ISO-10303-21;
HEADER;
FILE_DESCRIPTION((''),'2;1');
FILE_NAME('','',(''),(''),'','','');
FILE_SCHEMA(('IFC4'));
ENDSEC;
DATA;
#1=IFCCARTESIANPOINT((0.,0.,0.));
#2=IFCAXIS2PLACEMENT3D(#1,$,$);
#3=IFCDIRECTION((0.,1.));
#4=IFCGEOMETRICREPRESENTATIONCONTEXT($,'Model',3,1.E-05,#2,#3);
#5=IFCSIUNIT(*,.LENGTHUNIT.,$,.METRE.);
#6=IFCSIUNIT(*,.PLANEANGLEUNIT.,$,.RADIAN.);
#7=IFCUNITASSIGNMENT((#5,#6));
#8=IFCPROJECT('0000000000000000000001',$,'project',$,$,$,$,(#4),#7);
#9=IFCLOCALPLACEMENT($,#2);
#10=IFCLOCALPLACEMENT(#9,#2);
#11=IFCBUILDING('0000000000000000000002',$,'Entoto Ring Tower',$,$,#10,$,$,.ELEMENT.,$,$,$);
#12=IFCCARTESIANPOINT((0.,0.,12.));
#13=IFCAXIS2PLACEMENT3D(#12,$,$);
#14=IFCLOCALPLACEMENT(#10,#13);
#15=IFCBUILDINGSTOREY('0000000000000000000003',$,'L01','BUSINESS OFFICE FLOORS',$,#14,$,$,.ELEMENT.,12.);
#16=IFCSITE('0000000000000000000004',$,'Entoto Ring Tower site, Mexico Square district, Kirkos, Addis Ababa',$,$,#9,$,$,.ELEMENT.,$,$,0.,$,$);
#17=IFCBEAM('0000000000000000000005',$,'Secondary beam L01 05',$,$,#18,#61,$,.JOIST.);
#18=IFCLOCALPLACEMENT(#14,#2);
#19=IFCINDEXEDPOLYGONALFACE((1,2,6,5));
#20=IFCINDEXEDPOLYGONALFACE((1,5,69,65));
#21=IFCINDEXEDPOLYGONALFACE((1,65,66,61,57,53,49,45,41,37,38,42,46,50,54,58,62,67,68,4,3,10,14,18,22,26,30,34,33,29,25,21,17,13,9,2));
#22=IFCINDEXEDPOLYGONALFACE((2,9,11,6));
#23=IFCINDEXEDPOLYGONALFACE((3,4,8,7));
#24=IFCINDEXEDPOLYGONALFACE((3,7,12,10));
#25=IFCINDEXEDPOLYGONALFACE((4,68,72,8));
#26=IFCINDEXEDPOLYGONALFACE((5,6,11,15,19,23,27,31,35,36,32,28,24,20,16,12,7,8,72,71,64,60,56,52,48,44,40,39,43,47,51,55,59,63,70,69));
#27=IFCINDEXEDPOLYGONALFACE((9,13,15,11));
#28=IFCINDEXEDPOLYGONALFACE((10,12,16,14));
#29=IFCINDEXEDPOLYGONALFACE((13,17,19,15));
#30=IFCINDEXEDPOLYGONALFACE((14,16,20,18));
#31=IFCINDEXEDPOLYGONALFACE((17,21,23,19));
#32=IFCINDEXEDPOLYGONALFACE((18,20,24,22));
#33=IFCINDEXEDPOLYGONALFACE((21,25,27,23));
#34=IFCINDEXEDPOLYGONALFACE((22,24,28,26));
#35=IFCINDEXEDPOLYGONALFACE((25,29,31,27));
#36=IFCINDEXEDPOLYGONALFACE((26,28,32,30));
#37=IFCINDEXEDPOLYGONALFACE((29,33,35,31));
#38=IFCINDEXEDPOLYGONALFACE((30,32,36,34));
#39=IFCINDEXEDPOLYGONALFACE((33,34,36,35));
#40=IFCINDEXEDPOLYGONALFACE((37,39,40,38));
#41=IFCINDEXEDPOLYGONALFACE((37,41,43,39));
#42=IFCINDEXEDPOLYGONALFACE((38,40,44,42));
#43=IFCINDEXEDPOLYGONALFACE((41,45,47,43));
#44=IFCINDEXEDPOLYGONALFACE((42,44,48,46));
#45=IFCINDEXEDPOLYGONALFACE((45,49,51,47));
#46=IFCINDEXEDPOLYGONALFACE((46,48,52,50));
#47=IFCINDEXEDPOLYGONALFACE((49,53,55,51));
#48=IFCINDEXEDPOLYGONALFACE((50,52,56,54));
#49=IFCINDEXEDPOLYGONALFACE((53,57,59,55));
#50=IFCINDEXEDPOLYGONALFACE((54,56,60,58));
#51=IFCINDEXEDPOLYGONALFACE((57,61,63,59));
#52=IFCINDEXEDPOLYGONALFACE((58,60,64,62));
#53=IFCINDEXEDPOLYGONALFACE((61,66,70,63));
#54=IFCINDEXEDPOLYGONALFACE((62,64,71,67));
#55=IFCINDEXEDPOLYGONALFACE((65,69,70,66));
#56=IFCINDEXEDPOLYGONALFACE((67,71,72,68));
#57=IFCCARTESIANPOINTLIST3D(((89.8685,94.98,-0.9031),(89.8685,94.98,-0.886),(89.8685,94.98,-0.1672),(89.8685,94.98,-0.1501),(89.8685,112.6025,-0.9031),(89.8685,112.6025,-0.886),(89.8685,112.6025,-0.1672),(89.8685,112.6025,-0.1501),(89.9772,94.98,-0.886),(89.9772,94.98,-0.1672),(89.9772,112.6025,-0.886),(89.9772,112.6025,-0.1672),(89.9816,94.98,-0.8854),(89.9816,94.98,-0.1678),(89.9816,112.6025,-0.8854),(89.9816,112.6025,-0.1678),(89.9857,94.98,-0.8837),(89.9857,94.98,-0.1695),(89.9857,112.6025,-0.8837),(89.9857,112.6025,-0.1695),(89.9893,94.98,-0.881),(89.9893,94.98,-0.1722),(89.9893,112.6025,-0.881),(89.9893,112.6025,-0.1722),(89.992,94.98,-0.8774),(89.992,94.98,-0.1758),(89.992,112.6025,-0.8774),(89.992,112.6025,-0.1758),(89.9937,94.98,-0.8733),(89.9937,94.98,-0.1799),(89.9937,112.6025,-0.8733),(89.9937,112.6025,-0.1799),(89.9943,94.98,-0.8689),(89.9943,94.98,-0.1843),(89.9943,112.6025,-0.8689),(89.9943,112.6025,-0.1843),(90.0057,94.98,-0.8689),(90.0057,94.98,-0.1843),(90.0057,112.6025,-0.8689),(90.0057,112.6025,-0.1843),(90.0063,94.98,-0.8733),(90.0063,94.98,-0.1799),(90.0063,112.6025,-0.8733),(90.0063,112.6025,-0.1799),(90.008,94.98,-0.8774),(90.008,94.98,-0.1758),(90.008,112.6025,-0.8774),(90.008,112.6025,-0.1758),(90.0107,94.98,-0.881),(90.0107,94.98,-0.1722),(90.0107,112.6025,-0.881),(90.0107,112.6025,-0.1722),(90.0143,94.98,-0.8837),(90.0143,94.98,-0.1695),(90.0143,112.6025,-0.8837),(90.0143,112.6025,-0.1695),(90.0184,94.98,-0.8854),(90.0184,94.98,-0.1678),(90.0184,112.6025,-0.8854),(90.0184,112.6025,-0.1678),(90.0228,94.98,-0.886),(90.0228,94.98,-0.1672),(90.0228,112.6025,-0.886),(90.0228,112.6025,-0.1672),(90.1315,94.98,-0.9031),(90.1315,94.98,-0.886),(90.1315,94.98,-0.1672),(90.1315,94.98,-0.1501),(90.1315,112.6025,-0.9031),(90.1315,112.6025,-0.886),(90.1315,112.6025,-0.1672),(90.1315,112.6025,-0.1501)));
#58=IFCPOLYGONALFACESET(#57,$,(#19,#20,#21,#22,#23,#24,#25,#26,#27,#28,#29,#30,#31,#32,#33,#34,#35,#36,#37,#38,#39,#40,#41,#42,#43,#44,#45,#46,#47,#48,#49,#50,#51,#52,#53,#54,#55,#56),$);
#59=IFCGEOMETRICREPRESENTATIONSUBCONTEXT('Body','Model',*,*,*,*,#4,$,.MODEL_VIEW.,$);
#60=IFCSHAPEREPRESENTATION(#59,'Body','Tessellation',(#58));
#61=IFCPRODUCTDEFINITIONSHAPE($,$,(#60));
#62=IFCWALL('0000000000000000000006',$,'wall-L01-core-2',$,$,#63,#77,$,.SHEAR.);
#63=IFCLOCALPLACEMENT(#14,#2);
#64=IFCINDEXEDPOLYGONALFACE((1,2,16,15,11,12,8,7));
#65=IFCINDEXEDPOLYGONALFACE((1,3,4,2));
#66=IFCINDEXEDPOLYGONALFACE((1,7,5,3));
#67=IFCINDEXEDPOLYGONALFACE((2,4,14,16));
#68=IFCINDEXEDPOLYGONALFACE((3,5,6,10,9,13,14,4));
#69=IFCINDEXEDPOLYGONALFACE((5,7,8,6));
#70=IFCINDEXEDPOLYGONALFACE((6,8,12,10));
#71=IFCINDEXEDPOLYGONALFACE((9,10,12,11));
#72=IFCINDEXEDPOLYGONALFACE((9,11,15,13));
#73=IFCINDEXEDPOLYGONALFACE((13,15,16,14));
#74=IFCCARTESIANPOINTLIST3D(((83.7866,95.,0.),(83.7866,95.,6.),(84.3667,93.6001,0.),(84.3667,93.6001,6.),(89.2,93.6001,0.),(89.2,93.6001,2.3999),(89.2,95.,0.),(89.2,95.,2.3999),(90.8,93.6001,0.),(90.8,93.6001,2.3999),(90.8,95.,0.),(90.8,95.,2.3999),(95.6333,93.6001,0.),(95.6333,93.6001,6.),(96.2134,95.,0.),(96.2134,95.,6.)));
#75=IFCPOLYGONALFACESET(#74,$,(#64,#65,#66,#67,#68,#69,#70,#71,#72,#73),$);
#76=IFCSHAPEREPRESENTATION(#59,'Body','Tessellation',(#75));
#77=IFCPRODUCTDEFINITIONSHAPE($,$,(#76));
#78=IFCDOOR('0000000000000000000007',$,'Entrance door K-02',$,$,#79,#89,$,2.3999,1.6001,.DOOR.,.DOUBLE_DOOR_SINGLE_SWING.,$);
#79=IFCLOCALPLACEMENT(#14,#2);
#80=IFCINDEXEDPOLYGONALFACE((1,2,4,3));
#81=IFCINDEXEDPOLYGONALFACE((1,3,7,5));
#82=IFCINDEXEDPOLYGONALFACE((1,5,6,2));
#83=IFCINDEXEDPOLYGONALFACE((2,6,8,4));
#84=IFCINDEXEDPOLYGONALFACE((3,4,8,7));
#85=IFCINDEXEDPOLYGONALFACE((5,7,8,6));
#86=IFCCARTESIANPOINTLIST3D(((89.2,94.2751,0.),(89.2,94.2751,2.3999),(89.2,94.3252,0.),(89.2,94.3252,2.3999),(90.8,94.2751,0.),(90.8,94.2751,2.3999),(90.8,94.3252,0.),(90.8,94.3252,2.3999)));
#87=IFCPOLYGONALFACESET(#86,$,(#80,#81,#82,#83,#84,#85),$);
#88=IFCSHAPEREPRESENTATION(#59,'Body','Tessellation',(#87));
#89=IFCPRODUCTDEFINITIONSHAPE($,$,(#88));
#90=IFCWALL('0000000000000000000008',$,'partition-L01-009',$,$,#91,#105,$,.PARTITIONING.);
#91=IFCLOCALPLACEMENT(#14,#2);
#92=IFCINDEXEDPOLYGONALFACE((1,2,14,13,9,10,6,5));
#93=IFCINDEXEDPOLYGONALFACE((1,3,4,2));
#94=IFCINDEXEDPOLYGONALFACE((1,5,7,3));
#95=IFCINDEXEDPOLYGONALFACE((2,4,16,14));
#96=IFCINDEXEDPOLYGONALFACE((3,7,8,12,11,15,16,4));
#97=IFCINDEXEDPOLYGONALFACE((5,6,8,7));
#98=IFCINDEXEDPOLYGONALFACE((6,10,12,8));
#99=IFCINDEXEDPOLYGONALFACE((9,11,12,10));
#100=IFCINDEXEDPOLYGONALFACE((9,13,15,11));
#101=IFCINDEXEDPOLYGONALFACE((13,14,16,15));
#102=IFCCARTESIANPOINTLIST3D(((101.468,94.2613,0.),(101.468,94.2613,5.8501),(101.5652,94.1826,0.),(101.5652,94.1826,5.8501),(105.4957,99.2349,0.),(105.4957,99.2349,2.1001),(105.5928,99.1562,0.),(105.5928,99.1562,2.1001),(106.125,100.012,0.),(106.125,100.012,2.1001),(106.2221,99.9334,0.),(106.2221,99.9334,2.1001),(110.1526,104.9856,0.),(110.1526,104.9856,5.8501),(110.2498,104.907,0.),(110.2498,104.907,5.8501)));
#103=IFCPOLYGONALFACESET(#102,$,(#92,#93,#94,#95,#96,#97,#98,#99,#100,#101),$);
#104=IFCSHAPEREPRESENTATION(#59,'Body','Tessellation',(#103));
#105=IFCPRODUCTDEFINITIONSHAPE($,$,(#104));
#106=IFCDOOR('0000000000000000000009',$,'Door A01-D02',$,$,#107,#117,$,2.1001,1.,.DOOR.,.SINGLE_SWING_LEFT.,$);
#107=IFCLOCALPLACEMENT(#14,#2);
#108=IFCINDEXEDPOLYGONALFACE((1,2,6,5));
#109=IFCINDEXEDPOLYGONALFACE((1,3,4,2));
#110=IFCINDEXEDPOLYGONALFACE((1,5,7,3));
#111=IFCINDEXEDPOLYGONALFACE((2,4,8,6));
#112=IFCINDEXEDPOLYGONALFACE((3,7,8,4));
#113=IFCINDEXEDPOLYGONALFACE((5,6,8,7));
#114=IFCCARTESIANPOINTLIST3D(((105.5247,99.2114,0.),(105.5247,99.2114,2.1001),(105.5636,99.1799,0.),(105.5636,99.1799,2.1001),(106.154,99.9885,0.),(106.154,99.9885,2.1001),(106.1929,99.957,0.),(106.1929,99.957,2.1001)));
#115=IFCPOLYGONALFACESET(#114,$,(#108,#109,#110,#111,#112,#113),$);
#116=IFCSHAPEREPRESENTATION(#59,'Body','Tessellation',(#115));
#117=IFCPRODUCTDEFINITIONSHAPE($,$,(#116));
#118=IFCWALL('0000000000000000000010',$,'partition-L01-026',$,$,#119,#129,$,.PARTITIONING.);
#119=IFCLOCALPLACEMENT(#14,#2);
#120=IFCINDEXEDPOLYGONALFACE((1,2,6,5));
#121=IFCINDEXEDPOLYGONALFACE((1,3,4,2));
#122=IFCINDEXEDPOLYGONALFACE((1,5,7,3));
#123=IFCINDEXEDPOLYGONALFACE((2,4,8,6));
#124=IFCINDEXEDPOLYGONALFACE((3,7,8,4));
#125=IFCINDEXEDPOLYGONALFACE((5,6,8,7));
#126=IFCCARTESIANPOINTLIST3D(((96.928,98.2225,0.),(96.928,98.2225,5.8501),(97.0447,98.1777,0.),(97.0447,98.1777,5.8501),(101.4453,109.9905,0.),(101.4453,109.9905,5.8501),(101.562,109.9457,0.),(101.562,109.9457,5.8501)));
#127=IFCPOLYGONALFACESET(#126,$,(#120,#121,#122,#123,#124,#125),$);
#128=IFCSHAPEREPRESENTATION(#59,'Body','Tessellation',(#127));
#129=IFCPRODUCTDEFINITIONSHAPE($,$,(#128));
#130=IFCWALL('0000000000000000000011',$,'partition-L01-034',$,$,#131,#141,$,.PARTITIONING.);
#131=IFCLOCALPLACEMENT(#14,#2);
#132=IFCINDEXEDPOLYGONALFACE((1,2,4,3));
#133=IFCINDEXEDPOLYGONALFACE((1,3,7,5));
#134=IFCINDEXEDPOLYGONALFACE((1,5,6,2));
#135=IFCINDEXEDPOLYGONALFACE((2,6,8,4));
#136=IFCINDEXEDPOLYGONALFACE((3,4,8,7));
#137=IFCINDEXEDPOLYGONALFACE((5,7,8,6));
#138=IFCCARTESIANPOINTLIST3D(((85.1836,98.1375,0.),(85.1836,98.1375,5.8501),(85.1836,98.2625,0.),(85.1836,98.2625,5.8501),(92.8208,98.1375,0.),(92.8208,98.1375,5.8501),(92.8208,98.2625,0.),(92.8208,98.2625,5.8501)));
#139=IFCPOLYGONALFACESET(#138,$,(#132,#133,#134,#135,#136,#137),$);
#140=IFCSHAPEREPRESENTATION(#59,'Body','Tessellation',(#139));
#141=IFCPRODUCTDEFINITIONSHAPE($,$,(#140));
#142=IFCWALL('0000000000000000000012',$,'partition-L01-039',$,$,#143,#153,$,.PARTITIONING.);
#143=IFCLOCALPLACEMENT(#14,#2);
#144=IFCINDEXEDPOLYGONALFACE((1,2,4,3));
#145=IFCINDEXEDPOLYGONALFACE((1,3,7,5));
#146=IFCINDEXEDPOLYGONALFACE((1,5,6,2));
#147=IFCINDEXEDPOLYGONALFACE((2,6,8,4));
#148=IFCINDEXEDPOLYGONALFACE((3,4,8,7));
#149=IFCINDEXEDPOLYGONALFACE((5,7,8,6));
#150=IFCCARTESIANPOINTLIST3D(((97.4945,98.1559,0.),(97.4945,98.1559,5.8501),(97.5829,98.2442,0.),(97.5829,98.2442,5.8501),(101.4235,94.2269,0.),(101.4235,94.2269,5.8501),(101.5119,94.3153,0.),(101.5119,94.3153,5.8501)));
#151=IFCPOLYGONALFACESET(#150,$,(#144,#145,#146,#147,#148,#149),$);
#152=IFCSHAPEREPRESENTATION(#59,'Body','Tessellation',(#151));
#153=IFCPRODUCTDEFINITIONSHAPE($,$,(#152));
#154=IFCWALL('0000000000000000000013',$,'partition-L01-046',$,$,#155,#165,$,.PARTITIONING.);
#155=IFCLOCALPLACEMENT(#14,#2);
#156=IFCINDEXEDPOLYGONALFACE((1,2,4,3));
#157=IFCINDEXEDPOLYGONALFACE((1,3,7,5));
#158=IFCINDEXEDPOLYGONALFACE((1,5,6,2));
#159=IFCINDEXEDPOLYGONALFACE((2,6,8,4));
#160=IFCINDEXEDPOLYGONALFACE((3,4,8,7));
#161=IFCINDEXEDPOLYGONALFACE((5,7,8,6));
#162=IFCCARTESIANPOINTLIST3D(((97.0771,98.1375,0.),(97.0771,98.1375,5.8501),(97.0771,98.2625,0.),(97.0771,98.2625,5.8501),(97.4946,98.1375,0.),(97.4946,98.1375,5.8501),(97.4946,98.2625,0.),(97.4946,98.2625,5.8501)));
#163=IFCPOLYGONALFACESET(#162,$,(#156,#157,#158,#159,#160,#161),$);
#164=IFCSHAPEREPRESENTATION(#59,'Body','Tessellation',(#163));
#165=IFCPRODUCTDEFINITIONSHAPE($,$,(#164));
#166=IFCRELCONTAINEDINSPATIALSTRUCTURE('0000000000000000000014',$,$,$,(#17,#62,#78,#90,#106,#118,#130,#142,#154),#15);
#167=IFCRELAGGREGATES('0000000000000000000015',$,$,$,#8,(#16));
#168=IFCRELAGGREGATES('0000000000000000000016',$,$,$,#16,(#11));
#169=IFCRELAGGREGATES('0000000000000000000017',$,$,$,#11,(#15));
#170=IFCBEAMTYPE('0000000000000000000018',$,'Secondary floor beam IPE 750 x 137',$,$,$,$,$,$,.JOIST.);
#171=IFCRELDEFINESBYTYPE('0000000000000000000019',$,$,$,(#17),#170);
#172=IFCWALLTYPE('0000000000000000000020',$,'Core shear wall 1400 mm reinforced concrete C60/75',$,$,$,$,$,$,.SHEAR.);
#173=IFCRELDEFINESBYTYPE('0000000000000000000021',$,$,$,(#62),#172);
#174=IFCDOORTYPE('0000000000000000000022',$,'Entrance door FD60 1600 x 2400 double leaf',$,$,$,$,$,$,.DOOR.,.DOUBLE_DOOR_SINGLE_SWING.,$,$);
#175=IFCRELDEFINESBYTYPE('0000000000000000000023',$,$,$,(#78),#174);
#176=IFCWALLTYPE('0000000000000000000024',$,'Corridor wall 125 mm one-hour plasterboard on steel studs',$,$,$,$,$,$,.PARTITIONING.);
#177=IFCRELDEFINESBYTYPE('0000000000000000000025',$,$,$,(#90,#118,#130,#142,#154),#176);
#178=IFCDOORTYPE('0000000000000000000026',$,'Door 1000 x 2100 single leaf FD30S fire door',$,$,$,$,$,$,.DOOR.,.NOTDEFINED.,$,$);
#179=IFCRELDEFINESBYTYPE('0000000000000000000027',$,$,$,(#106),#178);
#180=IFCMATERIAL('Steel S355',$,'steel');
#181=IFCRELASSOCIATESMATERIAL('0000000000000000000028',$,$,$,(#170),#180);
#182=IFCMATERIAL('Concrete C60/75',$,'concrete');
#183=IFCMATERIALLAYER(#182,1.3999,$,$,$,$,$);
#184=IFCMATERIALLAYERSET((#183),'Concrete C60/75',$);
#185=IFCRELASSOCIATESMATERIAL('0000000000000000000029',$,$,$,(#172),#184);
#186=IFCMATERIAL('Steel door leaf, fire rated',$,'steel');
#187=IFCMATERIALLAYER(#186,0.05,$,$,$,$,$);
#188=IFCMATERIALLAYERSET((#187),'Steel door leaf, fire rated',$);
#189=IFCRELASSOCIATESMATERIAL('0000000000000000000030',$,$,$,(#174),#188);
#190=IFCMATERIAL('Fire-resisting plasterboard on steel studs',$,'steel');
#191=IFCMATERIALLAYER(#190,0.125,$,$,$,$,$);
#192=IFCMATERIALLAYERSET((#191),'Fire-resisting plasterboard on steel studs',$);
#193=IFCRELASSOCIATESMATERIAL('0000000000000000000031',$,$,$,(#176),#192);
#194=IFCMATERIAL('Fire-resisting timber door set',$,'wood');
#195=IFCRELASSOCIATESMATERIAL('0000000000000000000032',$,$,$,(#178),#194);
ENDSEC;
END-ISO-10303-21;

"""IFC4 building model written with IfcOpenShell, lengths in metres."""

from ifc_helpers import new_model, si_unit, direction, frame, frame_2d, origin, origin_2d, place, context, subcontext, project, spatial, polyline, rectangle, i_section, outline, extrude, material, layer, layer_set, material_profile, profile_set, type_object, element, fill, save


model = new_model("IFC4")

# Units and contexts
model_context = context("Model", 3, precision=1e-05, world=origin(), true_north=direction((0.0, 1.0)))
body_context = subcontext(model_context, "Body", "Model", "MODEL_VIEW")
ifc_project = project(units=[si_unit("LENGTHUNIT", "METRE"), si_unit("PLANEANGLEUNIT", "RADIAN")], contexts=[model_context])

# Site, building, storey
site_placement = place(None, origin())
site = spatial("IfcSite", under=ifc_project, at=site_placement, Name="Entoto Ring Tower site, Mexico Square district, Kirkos, Addis Ababa", CompositionType="ELEMENT", RefElevation=0.0)
building_placement = place(site_placement, origin())
building = spatial("IfcBuilding", under=site, at=building_placement, Name="Entoto Ring Tower", CompositionType="ELEMENT")
storey_placement = place(building_placement, frame((0.0, 0.0, 12.0)))
storey = spatial("IfcBuildingStorey", under=building, at=storey_placement, Name="L01", Description="BUSINESS OFFICE FLOORS", CompositionType="ELEMENT", Elevation=12.0)

# Beam
ifc_material_1 = material(Name="Steel S355", Category="steel")
ifc_material_profile_1 = material_profile(ifc_material_1, i_section(OverallWidth=0.2629, OverallDepth=0.7529, WebThickness=0.0115, FlangeThickness=0.0171, FilletRadius=0.0171, at=origin_2d()), Name="IPE 750 x 137")
ifc_profile_set_1 = profile_set([ifc_material_profile_1], Name="Steel S355")
beam_type_1 = type_object("IfcBeamType", Name="Secondary floor beam IPE 750 x 137", PredefinedType="JOIST", material=ifc_profile_set_1)
beam_1_placement = place(storey_placement, frame((90.0, 94.98, -0.5266), z_axis=(0.0, 1.0, 0.0), x_axis=(-1.0, 0.0, 0.0)))
element("IfcBeam", 1, at=beam_1_placement, inside=storey, type_object=beam_type_1, Name="Secondary beam L01 05", PredefinedType="JOIST", context=body_context, shape_type="SweptSolid", body=[
    extrude(i_section(OverallWidth=0.2629, OverallDepth=0.7529, WebThickness=0.0115, FlangeThickness=0.0171, FilletRadius=0.0171, at=origin_2d()), origin(), (0.0, 0.0, 1.0), 17.6226),
])

# Walls, openings, doors
ifc_material_2 = material(Name="Concrete C60/75", Category="concrete")
ifc_layer_1 = layer(ifc_material_2, 1.3999)
ifc_layer_set_1 = layer_set([ifc_layer_1], Name="Concrete C60/75")
wall_type_1 = type_object("IfcWallType", Name="Core shear wall 1400 mm reinforced concrete C60/75", PredefinedType="SHEAR", material=ifc_layer_set_1)
wall_1_placement = place(storey_placement, frame((95.9233, 94.3, 0.0), z_axis=(0.0, 0.0, 1.0), x_axis=(-1.0, 0.0, 0.0)))
wall_1 = element("IfcWall", 2, at=wall_1_placement, inside=storey, type_object=wall_type_1, Name="wall-L01-core-2", PredefinedType="SHEAR", context=body_context, shape_type="SweptSolid", body=[
    extrude(outline(polyline([(-0.29, -0.7), (12.1367, -0.7), (11.5566, 0.7), (0.29, 0.7), (-0.29, -0.7)])), origin(), (0.0, 0.0, 1.0), 6.0),
])
opening_1_placement = place(wall_1_placement, frame((5.1233, 0.0, 0.0)))
opening_1 = element("IfcOpeningElement", 3, at=opening_1_placement, cuts=wall_1, PredefinedType="OPENING", context=body_context, shape_type="SweptSolid", body=[
    extrude(rectangle(XDim=1.6001, YDim=2.3999, at=frame_2d((0.8, 1.2))), frame((0.0, 0.71, 0.0), z_axis=(0.0, -1.0, 0.0), x_axis=(1.0, 0.0, 0.0)), (0.0, 0.0, 1.0), 1.4199),
])
ifc_material_3 = material(Name="Steel door leaf, fire rated", Category="steel")
ifc_layer_2 = layer(ifc_material_3, 0.05)
ifc_layer_set_2 = layer_set([ifc_layer_2], Name="Steel door leaf, fire rated")
door_type_1 = type_object("IfcDoorType", Name="Entrance door FD60 1600 x 2400 double leaf", OperationType="DOUBLE_DOOR_SINGLE_SWING", PredefinedType="DOOR", material=ifc_layer_set_2)
door_1_placement = place(opening_1_placement, origin())
door_1 = element("IfcDoor", 4, at=door_1_placement, inside=storey, type_object=door_type_1, Name="Entrance door K-02", OperationType="DOUBLE_DOOR_SINGLE_SWING", OverallHeight=2.3999, OverallWidth=1.6001, PredefinedType="DOOR", context=body_context, shape_type="SweptSolid", body=[
    extrude(rectangle(XDim=1.6001, YDim=2.3999, at=frame_2d((0.8, 1.2))), frame((0.0, 0.0249, 0.0), z_axis=(0.0, -1.0, 0.0), x_axis=(1.0, 0.0, 0.0)), (0.0, 0.0, 1.0), 0.05),
])
fill(opening_1, door_1)
ifc_material_4 = material(Name="Fire-resisting plasterboard on steel studs", Category="steel")
ifc_layer_3 = layer(ifc_material_4, 0.125)
ifc_layer_set_3 = layer_set([ifc_layer_3], Name="Fire-resisting plasterboard on steel studs")
wall_type_2 = type_object("IfcWallType", Name="Corridor wall 125 mm one-hour plasterboard on steel studs", PredefinedType="PARTITIONING", material=ifc_layer_set_3)
wall_2_placement = place(storey_placement, frame((101.5166, 94.2219, 0.0), z_axis=(0.0, 0.0, 1.0), x_axis=(0.629327, 0.777141, 0.0)))
wall_2 = element("IfcWall", 5, at=wall_2_placement, inside=storey, type_object=wall_type_2, Name="partition-L01-009", PredefinedType="PARTITIONING", context=body_context, shape_type="SweptSolid", body=[
    extrude(rectangle(XDim=13.7998, YDim=0.125, at=frame_2d((6.8999, 0.0))), origin(), (0.0, 0.0, 1.0), 5.8501),
])
opening_2_placement = place(wall_2_placement, frame((6.3999, 0.0, 0.0)))
opening_2 = element("IfcOpeningElement", 6, at=opening_2_placement, cuts=wall_2, PredefinedType="OPENING", context=body_context, shape_type="SweptSolid", body=[
    extrude(rectangle(XDim=1.0, YDim=2.1001, at=frame_2d((0.5, 1.05))), frame((0.0, 0.0725, 0.0), z_axis=(0.0, -1.0, 0.0), x_axis=(1.0, 0.0, 0.0)), (0.0, 0.0, 1.0), 0.145),
])
ifc_material_5 = material(Name="Fire-resisting timber door set", Category="wood")
door_type_2 = type_object("IfcDoorType", Name="Door 1000 x 2100 single leaf FD30S fire door", OperationType="NOTDEFINED", PredefinedType="DOOR", material=ifc_material_5)
door_2_placement = place(opening_2_placement, frame((1.0, 0.0, 0.0), z_axis=(0.0, 0.0, 1.0), x_axis=(-1.0, 0.0, 0.0)))
door_2 = element("IfcDoor", 7, at=door_2_placement, inside=storey, type_object=door_type_2, Name="Door A01-D02", OperationType="SINGLE_SWING_LEFT", OverallHeight=2.1001, OverallWidth=1.0, PredefinedType="DOOR", context=body_context, shape_type="SweptSolid", body=[
    extrude(rectangle(XDim=1.0, YDim=2.1001, at=frame_2d((0.5, 1.05))), frame((0.0, 0.0249, 0.0), z_axis=(0.0, -1.0, 0.0), x_axis=(1.0, 0.0, 0.0)), (0.0, 0.0, 1.0), 0.05),
])
fill(opening_2, door_2)

# Walls
wall_3_placement = place(storey_placement, frame((96.9863, 98.2, 0.0), z_axis=(0.0, 0.0, 1.0), x_axis=(0.358368, 0.933581, 0.0)))
element("IfcWall", 8, at=wall_3_placement, inside=storey, type_object=wall_type_2, Name="partition-L01-026", PredefinedType="PARTITIONING", context=body_context, shape_type="SweptSolid", body=[
    extrude(rectangle(XDim=12.6052, YDim=0.125, at=frame_2d((6.3027, 0.0))), origin(), (0.0, 0.0, 1.0), 5.8501),
])
wall_4_placement = place(storey_placement, frame((85.1836, 98.2, 0.0), z_axis=(0.0, 0.0, 1.0), x_axis=(1.0, 0.0, 0.0)))
element("IfcWall", 9, at=wall_4_placement, inside=storey, type_object=wall_type_2, Name="partition-L01-034", PredefinedType="PARTITIONING", context=body_context, shape_type="SweptSolid", body=[
    extrude(rectangle(XDim=7.6372, YDim=0.125, at=frame_2d((3.8186, 0.0))), origin(), (0.0, 0.0, 1.0), 5.8501),
])
wall_5_placement = place(storey_placement, frame((101.4678, 94.271, 0.0), z_axis=(0.0, 0.0, 1.0), x_axis=(-0.707107, 0.707107, 0.0)))
element("IfcWall", 10, at=wall_5_placement, inside=storey, type_object=wall_type_2, Name="partition-L01-039", PredefinedType="PARTITIONING", context=body_context, shape_type="SweptSolid", body=[
    extrude(rectangle(XDim=5.5564, YDim=0.125, at=frame_2d((2.7783, 0.0))), origin(), (0.0, 0.0, 1.0), 5.8501),
])
wall_6_placement = place(storey_placement, frame((97.0771, 98.2, 0.0), z_axis=(0.0, 0.0, 1.0), x_axis=(1.0, 0.0, 0.0)))
element("IfcWall", 11, at=wall_6_placement, inside=storey, type_object=wall_type_2, Name="partition-L01-046", PredefinedType="PARTITIONING", context=body_context, shape_type="SweptSolid", body=[
    extrude(rectangle(XDim=0.4175, YDim=0.125, at=frame_2d((0.2087, 0.0))), origin(), (0.0, 0.0, 1.0), 5.8501),
])

save(model, "model.ifc")
